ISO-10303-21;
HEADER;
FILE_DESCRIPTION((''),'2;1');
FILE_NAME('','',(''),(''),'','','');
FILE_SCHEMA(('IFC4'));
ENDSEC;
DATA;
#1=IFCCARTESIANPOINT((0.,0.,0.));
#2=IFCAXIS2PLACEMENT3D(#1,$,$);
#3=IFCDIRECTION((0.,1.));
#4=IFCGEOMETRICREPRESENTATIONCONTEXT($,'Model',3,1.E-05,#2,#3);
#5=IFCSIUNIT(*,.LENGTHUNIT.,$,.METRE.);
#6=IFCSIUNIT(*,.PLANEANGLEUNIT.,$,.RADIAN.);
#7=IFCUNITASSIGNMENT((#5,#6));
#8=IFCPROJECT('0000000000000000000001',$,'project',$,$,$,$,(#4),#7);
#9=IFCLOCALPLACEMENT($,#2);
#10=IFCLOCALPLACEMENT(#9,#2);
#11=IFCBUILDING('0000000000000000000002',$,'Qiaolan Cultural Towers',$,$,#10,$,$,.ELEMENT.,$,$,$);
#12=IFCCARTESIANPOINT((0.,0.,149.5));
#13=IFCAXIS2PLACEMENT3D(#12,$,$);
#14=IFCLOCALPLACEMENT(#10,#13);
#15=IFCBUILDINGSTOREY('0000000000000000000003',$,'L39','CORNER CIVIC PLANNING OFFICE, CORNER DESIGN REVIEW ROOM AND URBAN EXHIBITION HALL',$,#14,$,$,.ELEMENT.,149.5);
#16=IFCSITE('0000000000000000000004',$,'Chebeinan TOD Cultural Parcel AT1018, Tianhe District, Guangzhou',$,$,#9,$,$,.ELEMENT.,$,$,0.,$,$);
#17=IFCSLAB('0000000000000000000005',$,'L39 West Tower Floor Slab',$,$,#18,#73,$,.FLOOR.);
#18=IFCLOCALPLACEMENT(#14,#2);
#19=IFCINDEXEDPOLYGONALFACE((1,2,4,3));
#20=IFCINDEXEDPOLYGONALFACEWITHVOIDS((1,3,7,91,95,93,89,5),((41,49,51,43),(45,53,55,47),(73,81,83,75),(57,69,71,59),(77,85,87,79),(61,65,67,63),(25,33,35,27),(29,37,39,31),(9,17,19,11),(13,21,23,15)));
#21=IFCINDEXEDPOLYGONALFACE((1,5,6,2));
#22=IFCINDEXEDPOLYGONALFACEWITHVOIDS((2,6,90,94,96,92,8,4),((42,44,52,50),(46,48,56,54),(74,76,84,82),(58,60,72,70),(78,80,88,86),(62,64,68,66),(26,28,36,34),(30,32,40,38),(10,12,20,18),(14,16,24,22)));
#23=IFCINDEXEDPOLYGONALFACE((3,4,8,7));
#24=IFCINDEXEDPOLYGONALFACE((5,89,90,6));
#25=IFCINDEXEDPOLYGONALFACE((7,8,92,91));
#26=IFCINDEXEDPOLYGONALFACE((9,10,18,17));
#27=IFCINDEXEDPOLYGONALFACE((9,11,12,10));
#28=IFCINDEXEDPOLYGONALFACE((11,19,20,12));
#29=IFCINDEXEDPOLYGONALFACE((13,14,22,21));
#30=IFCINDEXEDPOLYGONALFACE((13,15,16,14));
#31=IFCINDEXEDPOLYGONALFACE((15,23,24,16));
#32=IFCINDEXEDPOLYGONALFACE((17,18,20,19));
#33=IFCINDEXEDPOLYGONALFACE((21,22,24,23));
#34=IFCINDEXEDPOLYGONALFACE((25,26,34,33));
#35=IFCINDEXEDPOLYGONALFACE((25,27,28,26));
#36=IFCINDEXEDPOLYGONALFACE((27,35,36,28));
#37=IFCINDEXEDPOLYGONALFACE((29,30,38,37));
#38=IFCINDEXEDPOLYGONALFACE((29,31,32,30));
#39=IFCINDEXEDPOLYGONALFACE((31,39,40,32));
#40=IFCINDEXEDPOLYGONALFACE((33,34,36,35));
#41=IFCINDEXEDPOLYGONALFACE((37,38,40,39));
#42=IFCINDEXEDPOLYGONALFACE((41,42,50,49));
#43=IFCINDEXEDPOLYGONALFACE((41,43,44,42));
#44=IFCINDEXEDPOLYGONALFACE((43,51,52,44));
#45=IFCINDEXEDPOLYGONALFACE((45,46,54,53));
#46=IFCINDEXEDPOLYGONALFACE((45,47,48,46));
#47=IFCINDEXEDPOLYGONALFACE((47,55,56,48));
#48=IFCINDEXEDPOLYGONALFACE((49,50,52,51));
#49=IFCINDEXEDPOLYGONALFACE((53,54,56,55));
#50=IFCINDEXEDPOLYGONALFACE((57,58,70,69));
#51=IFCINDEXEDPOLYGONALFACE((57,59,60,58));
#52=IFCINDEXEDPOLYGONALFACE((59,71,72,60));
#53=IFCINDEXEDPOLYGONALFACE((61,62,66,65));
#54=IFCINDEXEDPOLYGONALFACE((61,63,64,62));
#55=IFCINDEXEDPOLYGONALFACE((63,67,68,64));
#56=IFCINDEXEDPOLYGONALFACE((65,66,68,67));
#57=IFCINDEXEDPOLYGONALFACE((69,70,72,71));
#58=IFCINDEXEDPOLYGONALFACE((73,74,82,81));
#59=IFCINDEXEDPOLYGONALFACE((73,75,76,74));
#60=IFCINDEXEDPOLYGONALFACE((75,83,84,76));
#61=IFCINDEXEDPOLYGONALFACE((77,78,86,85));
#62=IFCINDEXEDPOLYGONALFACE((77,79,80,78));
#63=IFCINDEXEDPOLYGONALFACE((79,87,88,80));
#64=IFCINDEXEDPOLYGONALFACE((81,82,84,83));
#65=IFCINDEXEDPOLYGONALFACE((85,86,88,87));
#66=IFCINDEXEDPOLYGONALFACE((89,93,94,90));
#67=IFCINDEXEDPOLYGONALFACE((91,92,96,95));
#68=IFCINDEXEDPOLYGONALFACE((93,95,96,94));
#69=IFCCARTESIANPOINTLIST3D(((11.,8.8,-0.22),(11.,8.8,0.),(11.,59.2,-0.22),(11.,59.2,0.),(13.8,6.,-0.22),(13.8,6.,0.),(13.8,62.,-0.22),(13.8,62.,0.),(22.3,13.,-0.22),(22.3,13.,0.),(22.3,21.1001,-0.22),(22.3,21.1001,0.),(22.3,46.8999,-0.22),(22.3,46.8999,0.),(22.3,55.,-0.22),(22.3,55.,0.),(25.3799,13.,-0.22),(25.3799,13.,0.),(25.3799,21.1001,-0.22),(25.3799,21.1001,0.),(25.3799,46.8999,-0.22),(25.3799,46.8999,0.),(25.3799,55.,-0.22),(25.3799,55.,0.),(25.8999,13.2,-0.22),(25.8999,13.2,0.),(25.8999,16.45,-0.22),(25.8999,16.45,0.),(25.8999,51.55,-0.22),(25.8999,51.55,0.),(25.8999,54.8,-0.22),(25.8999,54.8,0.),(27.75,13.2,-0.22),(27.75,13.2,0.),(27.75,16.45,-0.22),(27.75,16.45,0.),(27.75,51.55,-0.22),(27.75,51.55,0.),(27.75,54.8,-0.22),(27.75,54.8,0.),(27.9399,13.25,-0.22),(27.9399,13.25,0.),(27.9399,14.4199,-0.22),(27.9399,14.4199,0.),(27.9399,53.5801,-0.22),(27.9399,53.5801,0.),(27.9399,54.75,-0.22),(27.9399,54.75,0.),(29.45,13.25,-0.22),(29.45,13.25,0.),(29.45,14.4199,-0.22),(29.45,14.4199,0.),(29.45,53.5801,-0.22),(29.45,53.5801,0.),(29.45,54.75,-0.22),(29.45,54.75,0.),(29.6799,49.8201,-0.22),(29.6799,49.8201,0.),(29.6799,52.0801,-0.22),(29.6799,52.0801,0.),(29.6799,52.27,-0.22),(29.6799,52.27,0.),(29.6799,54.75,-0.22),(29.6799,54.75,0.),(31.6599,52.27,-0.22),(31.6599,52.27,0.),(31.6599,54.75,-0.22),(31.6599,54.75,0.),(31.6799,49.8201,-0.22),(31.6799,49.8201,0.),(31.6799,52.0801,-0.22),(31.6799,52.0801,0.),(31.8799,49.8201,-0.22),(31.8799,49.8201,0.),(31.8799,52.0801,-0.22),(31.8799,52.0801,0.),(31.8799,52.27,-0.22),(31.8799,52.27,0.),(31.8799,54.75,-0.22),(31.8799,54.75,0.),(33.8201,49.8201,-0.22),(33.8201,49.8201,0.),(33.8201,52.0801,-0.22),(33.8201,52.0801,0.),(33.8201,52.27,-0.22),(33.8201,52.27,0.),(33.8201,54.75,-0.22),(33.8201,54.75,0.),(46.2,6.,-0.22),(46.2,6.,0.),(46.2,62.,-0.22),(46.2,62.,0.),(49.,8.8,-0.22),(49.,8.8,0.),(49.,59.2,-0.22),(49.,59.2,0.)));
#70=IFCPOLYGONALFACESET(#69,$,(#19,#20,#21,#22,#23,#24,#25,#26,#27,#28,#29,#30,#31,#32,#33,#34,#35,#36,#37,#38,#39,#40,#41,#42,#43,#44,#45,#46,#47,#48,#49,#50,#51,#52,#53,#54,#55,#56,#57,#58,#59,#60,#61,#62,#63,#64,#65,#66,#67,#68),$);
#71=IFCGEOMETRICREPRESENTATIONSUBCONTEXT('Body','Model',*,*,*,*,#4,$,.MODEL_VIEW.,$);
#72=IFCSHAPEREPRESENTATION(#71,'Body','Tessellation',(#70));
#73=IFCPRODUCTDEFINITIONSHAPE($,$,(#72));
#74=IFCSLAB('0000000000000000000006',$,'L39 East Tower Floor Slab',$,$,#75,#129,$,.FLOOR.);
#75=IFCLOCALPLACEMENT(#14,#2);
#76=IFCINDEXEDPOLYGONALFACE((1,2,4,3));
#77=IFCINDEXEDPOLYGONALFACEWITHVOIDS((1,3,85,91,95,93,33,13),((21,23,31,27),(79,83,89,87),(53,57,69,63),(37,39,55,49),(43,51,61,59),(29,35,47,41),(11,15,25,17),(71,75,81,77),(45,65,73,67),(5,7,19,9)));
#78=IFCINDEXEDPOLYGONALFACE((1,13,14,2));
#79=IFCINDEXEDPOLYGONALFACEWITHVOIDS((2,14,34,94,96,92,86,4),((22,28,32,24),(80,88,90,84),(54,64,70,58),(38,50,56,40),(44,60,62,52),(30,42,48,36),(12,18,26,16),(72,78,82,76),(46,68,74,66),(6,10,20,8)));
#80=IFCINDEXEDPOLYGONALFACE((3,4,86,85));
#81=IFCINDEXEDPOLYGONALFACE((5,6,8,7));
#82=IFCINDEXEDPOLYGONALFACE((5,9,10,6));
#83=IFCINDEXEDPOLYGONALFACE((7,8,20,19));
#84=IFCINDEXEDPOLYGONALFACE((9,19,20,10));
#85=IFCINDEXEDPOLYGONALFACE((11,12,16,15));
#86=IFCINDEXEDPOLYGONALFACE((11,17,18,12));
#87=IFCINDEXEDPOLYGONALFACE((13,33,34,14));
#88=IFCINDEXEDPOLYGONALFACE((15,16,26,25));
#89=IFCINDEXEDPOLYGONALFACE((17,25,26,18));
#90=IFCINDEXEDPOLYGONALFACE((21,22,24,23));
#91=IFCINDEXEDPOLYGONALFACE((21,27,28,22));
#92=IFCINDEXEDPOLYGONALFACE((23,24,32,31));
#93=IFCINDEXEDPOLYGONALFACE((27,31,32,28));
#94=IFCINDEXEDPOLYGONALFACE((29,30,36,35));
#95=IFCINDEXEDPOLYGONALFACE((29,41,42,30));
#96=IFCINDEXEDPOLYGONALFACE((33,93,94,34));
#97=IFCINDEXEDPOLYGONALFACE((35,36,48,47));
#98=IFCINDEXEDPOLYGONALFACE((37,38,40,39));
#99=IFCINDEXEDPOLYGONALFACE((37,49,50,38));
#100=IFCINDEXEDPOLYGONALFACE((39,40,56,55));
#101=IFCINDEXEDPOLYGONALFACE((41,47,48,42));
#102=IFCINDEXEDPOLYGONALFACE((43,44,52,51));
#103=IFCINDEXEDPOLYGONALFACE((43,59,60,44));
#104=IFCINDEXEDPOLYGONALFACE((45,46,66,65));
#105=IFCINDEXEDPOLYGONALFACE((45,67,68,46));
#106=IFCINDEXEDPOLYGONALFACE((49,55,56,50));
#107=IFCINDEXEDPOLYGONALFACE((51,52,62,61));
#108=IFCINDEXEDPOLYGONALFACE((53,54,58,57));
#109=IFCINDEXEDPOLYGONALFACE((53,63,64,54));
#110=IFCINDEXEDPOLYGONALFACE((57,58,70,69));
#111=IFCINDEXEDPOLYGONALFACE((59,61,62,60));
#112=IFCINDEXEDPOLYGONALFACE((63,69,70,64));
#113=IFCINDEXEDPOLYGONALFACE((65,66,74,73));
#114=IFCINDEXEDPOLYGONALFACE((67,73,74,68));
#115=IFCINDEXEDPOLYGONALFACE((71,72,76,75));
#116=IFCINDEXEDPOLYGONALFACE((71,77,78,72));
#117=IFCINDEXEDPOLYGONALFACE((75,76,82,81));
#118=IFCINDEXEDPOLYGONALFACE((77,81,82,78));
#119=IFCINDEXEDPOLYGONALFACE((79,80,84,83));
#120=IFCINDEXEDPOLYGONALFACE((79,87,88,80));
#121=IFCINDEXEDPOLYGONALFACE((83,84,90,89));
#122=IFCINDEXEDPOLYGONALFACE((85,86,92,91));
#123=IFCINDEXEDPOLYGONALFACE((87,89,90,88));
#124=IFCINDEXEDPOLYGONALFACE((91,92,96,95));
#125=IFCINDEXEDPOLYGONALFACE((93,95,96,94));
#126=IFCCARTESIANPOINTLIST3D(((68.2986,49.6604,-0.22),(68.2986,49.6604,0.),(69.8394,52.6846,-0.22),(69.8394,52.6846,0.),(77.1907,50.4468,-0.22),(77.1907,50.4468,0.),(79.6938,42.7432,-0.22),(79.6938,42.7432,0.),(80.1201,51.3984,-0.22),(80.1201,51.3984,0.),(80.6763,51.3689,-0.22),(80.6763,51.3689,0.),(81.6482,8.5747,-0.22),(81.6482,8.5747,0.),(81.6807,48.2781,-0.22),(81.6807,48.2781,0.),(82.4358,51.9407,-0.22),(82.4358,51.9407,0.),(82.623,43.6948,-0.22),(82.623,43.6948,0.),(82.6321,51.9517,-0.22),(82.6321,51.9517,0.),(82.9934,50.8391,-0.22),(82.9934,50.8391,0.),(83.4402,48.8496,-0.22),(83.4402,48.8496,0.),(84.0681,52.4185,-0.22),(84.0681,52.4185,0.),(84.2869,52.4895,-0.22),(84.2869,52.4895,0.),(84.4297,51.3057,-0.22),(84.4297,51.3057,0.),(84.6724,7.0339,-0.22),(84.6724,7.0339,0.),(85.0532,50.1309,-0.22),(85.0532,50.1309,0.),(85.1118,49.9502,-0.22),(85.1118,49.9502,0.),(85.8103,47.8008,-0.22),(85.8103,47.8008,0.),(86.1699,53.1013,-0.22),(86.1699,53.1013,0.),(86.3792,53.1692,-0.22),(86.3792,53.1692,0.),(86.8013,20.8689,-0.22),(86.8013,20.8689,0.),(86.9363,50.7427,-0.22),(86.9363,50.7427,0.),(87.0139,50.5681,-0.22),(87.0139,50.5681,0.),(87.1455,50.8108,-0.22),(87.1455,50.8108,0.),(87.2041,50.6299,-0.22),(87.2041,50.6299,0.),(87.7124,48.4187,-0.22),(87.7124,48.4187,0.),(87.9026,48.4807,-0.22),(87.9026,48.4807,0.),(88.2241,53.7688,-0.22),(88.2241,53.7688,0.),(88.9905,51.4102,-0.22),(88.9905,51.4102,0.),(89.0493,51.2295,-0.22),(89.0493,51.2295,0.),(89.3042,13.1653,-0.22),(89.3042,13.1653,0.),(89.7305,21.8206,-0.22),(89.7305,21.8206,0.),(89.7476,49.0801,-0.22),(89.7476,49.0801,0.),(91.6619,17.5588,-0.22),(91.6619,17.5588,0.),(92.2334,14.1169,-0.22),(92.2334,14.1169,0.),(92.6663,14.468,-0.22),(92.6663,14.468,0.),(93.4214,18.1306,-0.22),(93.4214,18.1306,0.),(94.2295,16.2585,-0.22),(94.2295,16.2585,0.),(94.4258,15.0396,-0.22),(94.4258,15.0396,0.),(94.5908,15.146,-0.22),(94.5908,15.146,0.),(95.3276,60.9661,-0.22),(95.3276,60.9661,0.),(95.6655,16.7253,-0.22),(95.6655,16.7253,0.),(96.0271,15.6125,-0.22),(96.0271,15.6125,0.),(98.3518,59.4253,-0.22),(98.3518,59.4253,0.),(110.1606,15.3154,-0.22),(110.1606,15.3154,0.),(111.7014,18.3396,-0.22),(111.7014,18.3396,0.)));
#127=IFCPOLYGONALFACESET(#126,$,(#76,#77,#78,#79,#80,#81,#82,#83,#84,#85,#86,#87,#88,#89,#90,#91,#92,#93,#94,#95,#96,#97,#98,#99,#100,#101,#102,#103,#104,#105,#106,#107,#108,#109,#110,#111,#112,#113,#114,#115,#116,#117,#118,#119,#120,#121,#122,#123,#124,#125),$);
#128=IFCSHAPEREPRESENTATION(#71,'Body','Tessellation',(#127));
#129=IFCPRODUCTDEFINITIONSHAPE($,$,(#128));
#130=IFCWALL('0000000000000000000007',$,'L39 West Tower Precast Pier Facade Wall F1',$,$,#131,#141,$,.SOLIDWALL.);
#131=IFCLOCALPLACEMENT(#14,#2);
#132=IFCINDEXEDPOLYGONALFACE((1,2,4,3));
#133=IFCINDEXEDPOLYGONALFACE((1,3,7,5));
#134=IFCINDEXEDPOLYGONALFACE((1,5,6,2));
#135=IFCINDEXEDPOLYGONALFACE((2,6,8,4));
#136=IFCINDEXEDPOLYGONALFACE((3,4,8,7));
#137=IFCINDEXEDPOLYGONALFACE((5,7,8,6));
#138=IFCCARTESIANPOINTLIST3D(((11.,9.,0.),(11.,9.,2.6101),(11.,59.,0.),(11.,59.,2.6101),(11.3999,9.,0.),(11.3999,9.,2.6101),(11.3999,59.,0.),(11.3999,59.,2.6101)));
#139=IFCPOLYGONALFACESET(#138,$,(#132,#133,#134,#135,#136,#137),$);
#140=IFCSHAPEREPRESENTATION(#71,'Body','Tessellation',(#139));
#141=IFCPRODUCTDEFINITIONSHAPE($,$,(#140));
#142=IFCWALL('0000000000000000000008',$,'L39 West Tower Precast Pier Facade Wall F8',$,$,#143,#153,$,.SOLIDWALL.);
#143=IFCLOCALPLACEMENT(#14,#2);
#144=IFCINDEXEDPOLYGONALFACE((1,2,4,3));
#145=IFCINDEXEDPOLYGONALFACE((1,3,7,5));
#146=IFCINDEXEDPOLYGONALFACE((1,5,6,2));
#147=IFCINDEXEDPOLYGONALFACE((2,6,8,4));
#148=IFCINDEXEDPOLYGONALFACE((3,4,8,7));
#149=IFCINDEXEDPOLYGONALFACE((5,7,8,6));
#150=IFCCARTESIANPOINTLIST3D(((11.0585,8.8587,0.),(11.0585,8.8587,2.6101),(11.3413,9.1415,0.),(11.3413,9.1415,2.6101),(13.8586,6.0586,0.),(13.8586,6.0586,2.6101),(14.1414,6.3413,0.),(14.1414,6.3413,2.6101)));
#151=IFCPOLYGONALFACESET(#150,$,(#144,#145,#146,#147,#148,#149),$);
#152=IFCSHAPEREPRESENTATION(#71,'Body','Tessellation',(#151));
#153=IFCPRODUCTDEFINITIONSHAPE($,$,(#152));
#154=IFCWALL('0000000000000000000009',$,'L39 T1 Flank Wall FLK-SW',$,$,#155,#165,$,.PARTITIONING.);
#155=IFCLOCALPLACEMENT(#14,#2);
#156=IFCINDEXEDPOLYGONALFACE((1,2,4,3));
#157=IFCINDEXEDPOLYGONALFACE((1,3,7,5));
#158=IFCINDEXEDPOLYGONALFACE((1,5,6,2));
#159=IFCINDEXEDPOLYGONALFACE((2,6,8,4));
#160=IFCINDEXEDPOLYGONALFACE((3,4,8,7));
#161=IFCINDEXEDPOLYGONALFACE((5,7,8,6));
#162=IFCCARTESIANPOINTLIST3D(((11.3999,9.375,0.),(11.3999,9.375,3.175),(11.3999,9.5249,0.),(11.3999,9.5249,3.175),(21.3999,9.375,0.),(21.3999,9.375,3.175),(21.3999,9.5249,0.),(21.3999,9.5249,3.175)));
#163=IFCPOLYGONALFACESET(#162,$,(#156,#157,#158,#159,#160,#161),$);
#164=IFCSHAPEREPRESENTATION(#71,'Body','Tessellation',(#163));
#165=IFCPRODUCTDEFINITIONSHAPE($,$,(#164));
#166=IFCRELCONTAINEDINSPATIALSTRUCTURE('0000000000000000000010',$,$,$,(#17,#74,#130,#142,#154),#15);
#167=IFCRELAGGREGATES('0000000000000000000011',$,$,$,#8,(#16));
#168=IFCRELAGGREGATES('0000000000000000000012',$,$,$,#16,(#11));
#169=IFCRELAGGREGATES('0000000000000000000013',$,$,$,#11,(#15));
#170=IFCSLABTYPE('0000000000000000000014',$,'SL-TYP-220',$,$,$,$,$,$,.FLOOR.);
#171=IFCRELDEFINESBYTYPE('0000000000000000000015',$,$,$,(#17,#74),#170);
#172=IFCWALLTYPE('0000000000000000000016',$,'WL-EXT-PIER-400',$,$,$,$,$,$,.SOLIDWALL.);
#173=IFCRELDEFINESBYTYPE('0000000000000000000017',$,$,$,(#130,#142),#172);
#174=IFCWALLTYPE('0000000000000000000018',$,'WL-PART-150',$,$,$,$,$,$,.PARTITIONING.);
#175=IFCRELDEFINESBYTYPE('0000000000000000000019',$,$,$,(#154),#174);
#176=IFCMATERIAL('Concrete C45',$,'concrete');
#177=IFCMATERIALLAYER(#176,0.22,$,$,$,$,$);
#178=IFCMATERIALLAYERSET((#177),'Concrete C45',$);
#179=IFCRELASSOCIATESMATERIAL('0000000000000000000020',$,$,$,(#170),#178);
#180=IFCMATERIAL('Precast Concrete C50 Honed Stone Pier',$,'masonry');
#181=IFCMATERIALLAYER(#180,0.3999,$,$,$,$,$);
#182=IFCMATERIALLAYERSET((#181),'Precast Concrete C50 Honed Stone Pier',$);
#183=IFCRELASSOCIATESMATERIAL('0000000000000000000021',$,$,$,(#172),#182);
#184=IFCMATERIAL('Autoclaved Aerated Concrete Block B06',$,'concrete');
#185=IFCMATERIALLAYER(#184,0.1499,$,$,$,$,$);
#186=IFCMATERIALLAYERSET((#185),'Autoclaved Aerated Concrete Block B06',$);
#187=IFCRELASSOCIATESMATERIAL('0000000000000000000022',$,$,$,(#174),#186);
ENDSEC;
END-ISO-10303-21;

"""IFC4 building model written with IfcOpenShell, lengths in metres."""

from ifc_helpers import new_model, si_unit, direction, frame, frame_2d, origin, place, context, subcontext, project, spatial, polyline, rectangle, outline, extrude, material, layer, layer_set, type_object, element, save


model = new_model("IFC4")

# Units and contexts
model_context = context("Model", 3, precision=1e-05, world=origin(), true_north=direction((0.0, 1.0)))
body_context = subcontext(model_context, "Body", "Model", "MODEL_VIEW")
ifc_project = project(units=[si_unit("LENGTHUNIT", "METRE"), si_unit("PLANEANGLEUNIT", "RADIAN")], contexts=[model_context])

# Site, building, storey
site_placement = place(None, origin())
site = spatial("IfcSite", under=ifc_project, at=site_placement, Name="Chebeinan TOD Cultural Parcel AT1018, Tianhe District, Guangzhou", CompositionType="ELEMENT", RefElevation=0.0)
building_placement = place(site_placement, origin())
building = spatial("IfcBuilding", under=site, at=building_placement, Name="Qiaolan Cultural Towers", CompositionType="ELEMENT")
storey_placement = place(building_placement, frame((0.0, 0.0, 149.5)))
storey = spatial("IfcBuildingStorey", under=building, at=storey_placement, Name="L39", Description="CORNER CIVIC PLANNING OFFICE, CORNER DESIGN REVIEW ROOM AND URBAN EXHIBITION HALL", CompositionType="ELEMENT", Elevation=149.5)

# Slabs
ifc_material_1 = material(Name="Concrete C45", Category="concrete")
ifc_layer_1 = layer(ifc_material_1, 0.22)
ifc_layer_set_1 = layer_set([ifc_layer_1], Name="Concrete C45")
slab_type_1 = type_object("IfcSlabType", Name="SL-TYP-220", PredefinedType="FLOOR", material=ifc_layer_set_1)
slab_1_placement = place(storey_placement, frame((0.0, 0.0, -0.22)))
element("IfcSlab", 1, at=slab_1_placement, inside=storey, type_object=slab_type_1, Name="L39 West Tower Floor Slab", PredefinedType="FLOOR", context=body_context, shape_type="SweptSolid", body=[
    extrude(outline(polyline([(13.8, 6.0), (46.2, 6.0), (49.0, 8.8), (49.0, 59.2), (46.2, 62.0), (13.8, 62.0), (11.0, 59.2), (11.0, 8.8), (13.8, 6.0)]), holes=[polyline([(22.3, 21.1001), (22.3, 13.0), (25.3799, 13.0), (25.3799, 21.1001), (22.3, 21.1001)]), polyline([(25.3799, 46.8999), (25.3799, 55.0), (22.3, 55.0), (22.3, 46.8999), (25.3799, 46.8999)]), polyline([(25.8999, 13.2), (27.75, 13.2), (27.75, 16.45), (25.8999, 16.45), (25.8999, 13.2)]), polyline([(27.9399, 13.25), (29.45, 13.25), (29.45, 14.4199), (27.9399, 14.4199), (27.9399, 13.25)]), polyline([(25.8999, 51.55), (27.75, 51.55), (27.75, 54.8), (25.8999, 54.8), (25.8999, 51.55)]), polyline([(27.9399, 53.5801), (29.45, 53.5801), (29.45, 54.75), (27.9399, 54.75), (27.9399, 53.5801)]), polyline([(29.6799, 49.8201), (31.6799, 49.8201), (31.6799, 52.0801), (29.6799, 52.0801), (29.6799, 49.8201)]), polyline([(31.8799, 49.8201), (33.8201, 49.8201), (33.8201, 52.0801), (31.8799, 52.0801), (31.8799, 49.8201)]), polyline([(29.6799, 52.27), (31.6599, 52.27), (31.6599, 54.75), (29.6799, 54.75), (29.6799, 52.27)]), polyline([(31.8799, 52.27), (33.8201, 52.27), (33.8201, 54.75), (31.8799, 54.75), (31.8799, 52.27)])]), origin(), (0.0, 0.0, 1.0), 0.22),
])
slab_2_placement = place(storey_placement, frame((0.0, 0.0, -0.22)))
element("IfcSlab", 2, at=slab_2_placement, inside=storey, type_object=slab_type_1, Name="L39 East Tower Floor Slab", PredefinedType="FLOOR", context=body_context, shape_type="SweptSolid", body=[
    extrude(outline(polyline([(84.6724, 7.0339), (110.1606, 15.3154), (111.7014, 18.3396), (98.3518, 59.4253), (95.3276, 60.9661), (69.8394, 52.6846), (68.2986, 49.6604), (81.6482, 8.5747), (84.6724, 7.0339)]), holes=[polyline([(86.8013, 20.8689), (89.3042, 13.1653), (92.2334, 14.1169), (89.7305, 21.8206), (86.8013, 20.8689)]), polyline([(82.623, 43.6948), (80.1201, 51.3984), (77.1907, 50.4468), (79.6938, 42.7432), (82.623, 43.6948)]), polyline([(92.6663, 14.468), (94.4258, 15.0396), (93.4214, 18.1306), (91.6619, 17.5588), (92.6663, 14.468)]), polyline([(94.5908, 15.146), (96.0271, 15.6125), (95.6655, 16.7253), (94.2295, 16.2585), (94.5908, 15.146)]), polyline([(81.6807, 48.2781), (83.4402, 48.8496), (82.4358, 51.9407), (80.6763, 51.3689), (81.6807, 48.2781)]), polyline([(82.9934, 50.8391), (84.4297, 51.3057), (84.0681, 52.4185), (82.6321, 51.9517), (82.9934, 50.8391)]), polyline([(85.8103, 47.8008), (87.7124, 48.4187), (87.0139, 50.5681), (85.1118, 49.9502), (85.8103, 47.8008)]), polyline([(87.9026, 48.4807), (89.7476, 49.0801), (89.0493, 51.2295), (87.2041, 50.6299), (87.9026, 48.4807)]), polyline([(85.0532, 50.1309), (86.9363, 50.7427), (86.1699, 53.1013), (84.2869, 52.4895), (85.0532, 50.1309)]), polyline([(87.1455, 50.8108), (88.9905, 51.4102), (88.2241, 53.7688), (86.3792, 53.1692), (87.1455, 50.8108)])]), origin(), (0.0, 0.0, 1.0), 0.22),
])

# Walls
ifc_material_2 = material(Name="Precast Concrete C50 Honed Stone Pier", Category="masonry")
ifc_layer_2 = layer(ifc_material_2, 0.3999)
ifc_layer_set_2 = layer_set([ifc_layer_2], Name="Precast Concrete C50 Honed Stone Pier")
wall_type_1 = type_object("IfcWallType", Name="WL-EXT-PIER-400", PredefinedType="SOLIDWALL", material=ifc_layer_set_2)
wall_1_placement = place(storey_placement, frame((11.2, 9.0, 0.0), z_axis=(0.0, 0.0, 1.0), x_axis=(0.0, 1.0, 0.0)))
element("IfcWall", 3, at=wall_1_placement, inside=storey, type_object=wall_type_1, Name="L39 West Tower Precast Pier Facade Wall F1", PredefinedType="SOLIDWALL", context=body_context, shape_type="SweptSolid", body=[
    extrude(rectangle(XDim=50.0, YDim=0.3999, at=frame_2d((25.0, 0.0))), origin(), (0.0, 0.0, 1.0), 2.6101),
])
wall_2_placement = place(storey_placement, frame((14.0, 6.2, 0.0), z_axis=(0.0, 0.0, 1.0), x_axis=(-0.707107, 0.707107, 0.0)))
element("IfcWall", 4, at=wall_2_placement, inside=storey, type_object=wall_type_1, Name="L39 West Tower Precast Pier Facade Wall F8", PredefinedType="SOLIDWALL", context=body_context, shape_type="SweptSolid", body=[
    extrude(rectangle(XDim=3.96, YDim=0.3999, at=frame_2d((1.98, 0.0))), origin(), (0.0, 0.0, 1.0), 2.6101),
])
ifc_material_3 = material(Name="Autoclaved Aerated Concrete Block B06", Category="concrete")
ifc_layer_3 = layer(ifc_material_3, 0.1499)
ifc_layer_set_3 = layer_set([ifc_layer_3], Name="Autoclaved Aerated Concrete Block B06")
wall_type_2 = type_object("IfcWallType", Name="WL-PART-150", PredefinedType="PARTITIONING", material=ifc_layer_set_3)
wall_3_placement = place(storey_placement, frame((11.3999, 9.45, 0.0), z_axis=(0.0, 0.0, 1.0), x_axis=(1.0, 0.0, 0.0)))
element("IfcWall", 5, at=wall_3_placement, inside=storey, type_object=wall_type_2, Name="L39 T1 Flank Wall FLK-SW", PredefinedType="PARTITIONING", context=body_context, shape_type="SweptSolid", body=[
    extrude(rectangle(XDim=10.0, YDim=0.1499, at=frame_2d((5.0, 0.0))), origin(), (0.0, 0.0, 1.0), 3.175),
])

save(model, "model.ifc")
